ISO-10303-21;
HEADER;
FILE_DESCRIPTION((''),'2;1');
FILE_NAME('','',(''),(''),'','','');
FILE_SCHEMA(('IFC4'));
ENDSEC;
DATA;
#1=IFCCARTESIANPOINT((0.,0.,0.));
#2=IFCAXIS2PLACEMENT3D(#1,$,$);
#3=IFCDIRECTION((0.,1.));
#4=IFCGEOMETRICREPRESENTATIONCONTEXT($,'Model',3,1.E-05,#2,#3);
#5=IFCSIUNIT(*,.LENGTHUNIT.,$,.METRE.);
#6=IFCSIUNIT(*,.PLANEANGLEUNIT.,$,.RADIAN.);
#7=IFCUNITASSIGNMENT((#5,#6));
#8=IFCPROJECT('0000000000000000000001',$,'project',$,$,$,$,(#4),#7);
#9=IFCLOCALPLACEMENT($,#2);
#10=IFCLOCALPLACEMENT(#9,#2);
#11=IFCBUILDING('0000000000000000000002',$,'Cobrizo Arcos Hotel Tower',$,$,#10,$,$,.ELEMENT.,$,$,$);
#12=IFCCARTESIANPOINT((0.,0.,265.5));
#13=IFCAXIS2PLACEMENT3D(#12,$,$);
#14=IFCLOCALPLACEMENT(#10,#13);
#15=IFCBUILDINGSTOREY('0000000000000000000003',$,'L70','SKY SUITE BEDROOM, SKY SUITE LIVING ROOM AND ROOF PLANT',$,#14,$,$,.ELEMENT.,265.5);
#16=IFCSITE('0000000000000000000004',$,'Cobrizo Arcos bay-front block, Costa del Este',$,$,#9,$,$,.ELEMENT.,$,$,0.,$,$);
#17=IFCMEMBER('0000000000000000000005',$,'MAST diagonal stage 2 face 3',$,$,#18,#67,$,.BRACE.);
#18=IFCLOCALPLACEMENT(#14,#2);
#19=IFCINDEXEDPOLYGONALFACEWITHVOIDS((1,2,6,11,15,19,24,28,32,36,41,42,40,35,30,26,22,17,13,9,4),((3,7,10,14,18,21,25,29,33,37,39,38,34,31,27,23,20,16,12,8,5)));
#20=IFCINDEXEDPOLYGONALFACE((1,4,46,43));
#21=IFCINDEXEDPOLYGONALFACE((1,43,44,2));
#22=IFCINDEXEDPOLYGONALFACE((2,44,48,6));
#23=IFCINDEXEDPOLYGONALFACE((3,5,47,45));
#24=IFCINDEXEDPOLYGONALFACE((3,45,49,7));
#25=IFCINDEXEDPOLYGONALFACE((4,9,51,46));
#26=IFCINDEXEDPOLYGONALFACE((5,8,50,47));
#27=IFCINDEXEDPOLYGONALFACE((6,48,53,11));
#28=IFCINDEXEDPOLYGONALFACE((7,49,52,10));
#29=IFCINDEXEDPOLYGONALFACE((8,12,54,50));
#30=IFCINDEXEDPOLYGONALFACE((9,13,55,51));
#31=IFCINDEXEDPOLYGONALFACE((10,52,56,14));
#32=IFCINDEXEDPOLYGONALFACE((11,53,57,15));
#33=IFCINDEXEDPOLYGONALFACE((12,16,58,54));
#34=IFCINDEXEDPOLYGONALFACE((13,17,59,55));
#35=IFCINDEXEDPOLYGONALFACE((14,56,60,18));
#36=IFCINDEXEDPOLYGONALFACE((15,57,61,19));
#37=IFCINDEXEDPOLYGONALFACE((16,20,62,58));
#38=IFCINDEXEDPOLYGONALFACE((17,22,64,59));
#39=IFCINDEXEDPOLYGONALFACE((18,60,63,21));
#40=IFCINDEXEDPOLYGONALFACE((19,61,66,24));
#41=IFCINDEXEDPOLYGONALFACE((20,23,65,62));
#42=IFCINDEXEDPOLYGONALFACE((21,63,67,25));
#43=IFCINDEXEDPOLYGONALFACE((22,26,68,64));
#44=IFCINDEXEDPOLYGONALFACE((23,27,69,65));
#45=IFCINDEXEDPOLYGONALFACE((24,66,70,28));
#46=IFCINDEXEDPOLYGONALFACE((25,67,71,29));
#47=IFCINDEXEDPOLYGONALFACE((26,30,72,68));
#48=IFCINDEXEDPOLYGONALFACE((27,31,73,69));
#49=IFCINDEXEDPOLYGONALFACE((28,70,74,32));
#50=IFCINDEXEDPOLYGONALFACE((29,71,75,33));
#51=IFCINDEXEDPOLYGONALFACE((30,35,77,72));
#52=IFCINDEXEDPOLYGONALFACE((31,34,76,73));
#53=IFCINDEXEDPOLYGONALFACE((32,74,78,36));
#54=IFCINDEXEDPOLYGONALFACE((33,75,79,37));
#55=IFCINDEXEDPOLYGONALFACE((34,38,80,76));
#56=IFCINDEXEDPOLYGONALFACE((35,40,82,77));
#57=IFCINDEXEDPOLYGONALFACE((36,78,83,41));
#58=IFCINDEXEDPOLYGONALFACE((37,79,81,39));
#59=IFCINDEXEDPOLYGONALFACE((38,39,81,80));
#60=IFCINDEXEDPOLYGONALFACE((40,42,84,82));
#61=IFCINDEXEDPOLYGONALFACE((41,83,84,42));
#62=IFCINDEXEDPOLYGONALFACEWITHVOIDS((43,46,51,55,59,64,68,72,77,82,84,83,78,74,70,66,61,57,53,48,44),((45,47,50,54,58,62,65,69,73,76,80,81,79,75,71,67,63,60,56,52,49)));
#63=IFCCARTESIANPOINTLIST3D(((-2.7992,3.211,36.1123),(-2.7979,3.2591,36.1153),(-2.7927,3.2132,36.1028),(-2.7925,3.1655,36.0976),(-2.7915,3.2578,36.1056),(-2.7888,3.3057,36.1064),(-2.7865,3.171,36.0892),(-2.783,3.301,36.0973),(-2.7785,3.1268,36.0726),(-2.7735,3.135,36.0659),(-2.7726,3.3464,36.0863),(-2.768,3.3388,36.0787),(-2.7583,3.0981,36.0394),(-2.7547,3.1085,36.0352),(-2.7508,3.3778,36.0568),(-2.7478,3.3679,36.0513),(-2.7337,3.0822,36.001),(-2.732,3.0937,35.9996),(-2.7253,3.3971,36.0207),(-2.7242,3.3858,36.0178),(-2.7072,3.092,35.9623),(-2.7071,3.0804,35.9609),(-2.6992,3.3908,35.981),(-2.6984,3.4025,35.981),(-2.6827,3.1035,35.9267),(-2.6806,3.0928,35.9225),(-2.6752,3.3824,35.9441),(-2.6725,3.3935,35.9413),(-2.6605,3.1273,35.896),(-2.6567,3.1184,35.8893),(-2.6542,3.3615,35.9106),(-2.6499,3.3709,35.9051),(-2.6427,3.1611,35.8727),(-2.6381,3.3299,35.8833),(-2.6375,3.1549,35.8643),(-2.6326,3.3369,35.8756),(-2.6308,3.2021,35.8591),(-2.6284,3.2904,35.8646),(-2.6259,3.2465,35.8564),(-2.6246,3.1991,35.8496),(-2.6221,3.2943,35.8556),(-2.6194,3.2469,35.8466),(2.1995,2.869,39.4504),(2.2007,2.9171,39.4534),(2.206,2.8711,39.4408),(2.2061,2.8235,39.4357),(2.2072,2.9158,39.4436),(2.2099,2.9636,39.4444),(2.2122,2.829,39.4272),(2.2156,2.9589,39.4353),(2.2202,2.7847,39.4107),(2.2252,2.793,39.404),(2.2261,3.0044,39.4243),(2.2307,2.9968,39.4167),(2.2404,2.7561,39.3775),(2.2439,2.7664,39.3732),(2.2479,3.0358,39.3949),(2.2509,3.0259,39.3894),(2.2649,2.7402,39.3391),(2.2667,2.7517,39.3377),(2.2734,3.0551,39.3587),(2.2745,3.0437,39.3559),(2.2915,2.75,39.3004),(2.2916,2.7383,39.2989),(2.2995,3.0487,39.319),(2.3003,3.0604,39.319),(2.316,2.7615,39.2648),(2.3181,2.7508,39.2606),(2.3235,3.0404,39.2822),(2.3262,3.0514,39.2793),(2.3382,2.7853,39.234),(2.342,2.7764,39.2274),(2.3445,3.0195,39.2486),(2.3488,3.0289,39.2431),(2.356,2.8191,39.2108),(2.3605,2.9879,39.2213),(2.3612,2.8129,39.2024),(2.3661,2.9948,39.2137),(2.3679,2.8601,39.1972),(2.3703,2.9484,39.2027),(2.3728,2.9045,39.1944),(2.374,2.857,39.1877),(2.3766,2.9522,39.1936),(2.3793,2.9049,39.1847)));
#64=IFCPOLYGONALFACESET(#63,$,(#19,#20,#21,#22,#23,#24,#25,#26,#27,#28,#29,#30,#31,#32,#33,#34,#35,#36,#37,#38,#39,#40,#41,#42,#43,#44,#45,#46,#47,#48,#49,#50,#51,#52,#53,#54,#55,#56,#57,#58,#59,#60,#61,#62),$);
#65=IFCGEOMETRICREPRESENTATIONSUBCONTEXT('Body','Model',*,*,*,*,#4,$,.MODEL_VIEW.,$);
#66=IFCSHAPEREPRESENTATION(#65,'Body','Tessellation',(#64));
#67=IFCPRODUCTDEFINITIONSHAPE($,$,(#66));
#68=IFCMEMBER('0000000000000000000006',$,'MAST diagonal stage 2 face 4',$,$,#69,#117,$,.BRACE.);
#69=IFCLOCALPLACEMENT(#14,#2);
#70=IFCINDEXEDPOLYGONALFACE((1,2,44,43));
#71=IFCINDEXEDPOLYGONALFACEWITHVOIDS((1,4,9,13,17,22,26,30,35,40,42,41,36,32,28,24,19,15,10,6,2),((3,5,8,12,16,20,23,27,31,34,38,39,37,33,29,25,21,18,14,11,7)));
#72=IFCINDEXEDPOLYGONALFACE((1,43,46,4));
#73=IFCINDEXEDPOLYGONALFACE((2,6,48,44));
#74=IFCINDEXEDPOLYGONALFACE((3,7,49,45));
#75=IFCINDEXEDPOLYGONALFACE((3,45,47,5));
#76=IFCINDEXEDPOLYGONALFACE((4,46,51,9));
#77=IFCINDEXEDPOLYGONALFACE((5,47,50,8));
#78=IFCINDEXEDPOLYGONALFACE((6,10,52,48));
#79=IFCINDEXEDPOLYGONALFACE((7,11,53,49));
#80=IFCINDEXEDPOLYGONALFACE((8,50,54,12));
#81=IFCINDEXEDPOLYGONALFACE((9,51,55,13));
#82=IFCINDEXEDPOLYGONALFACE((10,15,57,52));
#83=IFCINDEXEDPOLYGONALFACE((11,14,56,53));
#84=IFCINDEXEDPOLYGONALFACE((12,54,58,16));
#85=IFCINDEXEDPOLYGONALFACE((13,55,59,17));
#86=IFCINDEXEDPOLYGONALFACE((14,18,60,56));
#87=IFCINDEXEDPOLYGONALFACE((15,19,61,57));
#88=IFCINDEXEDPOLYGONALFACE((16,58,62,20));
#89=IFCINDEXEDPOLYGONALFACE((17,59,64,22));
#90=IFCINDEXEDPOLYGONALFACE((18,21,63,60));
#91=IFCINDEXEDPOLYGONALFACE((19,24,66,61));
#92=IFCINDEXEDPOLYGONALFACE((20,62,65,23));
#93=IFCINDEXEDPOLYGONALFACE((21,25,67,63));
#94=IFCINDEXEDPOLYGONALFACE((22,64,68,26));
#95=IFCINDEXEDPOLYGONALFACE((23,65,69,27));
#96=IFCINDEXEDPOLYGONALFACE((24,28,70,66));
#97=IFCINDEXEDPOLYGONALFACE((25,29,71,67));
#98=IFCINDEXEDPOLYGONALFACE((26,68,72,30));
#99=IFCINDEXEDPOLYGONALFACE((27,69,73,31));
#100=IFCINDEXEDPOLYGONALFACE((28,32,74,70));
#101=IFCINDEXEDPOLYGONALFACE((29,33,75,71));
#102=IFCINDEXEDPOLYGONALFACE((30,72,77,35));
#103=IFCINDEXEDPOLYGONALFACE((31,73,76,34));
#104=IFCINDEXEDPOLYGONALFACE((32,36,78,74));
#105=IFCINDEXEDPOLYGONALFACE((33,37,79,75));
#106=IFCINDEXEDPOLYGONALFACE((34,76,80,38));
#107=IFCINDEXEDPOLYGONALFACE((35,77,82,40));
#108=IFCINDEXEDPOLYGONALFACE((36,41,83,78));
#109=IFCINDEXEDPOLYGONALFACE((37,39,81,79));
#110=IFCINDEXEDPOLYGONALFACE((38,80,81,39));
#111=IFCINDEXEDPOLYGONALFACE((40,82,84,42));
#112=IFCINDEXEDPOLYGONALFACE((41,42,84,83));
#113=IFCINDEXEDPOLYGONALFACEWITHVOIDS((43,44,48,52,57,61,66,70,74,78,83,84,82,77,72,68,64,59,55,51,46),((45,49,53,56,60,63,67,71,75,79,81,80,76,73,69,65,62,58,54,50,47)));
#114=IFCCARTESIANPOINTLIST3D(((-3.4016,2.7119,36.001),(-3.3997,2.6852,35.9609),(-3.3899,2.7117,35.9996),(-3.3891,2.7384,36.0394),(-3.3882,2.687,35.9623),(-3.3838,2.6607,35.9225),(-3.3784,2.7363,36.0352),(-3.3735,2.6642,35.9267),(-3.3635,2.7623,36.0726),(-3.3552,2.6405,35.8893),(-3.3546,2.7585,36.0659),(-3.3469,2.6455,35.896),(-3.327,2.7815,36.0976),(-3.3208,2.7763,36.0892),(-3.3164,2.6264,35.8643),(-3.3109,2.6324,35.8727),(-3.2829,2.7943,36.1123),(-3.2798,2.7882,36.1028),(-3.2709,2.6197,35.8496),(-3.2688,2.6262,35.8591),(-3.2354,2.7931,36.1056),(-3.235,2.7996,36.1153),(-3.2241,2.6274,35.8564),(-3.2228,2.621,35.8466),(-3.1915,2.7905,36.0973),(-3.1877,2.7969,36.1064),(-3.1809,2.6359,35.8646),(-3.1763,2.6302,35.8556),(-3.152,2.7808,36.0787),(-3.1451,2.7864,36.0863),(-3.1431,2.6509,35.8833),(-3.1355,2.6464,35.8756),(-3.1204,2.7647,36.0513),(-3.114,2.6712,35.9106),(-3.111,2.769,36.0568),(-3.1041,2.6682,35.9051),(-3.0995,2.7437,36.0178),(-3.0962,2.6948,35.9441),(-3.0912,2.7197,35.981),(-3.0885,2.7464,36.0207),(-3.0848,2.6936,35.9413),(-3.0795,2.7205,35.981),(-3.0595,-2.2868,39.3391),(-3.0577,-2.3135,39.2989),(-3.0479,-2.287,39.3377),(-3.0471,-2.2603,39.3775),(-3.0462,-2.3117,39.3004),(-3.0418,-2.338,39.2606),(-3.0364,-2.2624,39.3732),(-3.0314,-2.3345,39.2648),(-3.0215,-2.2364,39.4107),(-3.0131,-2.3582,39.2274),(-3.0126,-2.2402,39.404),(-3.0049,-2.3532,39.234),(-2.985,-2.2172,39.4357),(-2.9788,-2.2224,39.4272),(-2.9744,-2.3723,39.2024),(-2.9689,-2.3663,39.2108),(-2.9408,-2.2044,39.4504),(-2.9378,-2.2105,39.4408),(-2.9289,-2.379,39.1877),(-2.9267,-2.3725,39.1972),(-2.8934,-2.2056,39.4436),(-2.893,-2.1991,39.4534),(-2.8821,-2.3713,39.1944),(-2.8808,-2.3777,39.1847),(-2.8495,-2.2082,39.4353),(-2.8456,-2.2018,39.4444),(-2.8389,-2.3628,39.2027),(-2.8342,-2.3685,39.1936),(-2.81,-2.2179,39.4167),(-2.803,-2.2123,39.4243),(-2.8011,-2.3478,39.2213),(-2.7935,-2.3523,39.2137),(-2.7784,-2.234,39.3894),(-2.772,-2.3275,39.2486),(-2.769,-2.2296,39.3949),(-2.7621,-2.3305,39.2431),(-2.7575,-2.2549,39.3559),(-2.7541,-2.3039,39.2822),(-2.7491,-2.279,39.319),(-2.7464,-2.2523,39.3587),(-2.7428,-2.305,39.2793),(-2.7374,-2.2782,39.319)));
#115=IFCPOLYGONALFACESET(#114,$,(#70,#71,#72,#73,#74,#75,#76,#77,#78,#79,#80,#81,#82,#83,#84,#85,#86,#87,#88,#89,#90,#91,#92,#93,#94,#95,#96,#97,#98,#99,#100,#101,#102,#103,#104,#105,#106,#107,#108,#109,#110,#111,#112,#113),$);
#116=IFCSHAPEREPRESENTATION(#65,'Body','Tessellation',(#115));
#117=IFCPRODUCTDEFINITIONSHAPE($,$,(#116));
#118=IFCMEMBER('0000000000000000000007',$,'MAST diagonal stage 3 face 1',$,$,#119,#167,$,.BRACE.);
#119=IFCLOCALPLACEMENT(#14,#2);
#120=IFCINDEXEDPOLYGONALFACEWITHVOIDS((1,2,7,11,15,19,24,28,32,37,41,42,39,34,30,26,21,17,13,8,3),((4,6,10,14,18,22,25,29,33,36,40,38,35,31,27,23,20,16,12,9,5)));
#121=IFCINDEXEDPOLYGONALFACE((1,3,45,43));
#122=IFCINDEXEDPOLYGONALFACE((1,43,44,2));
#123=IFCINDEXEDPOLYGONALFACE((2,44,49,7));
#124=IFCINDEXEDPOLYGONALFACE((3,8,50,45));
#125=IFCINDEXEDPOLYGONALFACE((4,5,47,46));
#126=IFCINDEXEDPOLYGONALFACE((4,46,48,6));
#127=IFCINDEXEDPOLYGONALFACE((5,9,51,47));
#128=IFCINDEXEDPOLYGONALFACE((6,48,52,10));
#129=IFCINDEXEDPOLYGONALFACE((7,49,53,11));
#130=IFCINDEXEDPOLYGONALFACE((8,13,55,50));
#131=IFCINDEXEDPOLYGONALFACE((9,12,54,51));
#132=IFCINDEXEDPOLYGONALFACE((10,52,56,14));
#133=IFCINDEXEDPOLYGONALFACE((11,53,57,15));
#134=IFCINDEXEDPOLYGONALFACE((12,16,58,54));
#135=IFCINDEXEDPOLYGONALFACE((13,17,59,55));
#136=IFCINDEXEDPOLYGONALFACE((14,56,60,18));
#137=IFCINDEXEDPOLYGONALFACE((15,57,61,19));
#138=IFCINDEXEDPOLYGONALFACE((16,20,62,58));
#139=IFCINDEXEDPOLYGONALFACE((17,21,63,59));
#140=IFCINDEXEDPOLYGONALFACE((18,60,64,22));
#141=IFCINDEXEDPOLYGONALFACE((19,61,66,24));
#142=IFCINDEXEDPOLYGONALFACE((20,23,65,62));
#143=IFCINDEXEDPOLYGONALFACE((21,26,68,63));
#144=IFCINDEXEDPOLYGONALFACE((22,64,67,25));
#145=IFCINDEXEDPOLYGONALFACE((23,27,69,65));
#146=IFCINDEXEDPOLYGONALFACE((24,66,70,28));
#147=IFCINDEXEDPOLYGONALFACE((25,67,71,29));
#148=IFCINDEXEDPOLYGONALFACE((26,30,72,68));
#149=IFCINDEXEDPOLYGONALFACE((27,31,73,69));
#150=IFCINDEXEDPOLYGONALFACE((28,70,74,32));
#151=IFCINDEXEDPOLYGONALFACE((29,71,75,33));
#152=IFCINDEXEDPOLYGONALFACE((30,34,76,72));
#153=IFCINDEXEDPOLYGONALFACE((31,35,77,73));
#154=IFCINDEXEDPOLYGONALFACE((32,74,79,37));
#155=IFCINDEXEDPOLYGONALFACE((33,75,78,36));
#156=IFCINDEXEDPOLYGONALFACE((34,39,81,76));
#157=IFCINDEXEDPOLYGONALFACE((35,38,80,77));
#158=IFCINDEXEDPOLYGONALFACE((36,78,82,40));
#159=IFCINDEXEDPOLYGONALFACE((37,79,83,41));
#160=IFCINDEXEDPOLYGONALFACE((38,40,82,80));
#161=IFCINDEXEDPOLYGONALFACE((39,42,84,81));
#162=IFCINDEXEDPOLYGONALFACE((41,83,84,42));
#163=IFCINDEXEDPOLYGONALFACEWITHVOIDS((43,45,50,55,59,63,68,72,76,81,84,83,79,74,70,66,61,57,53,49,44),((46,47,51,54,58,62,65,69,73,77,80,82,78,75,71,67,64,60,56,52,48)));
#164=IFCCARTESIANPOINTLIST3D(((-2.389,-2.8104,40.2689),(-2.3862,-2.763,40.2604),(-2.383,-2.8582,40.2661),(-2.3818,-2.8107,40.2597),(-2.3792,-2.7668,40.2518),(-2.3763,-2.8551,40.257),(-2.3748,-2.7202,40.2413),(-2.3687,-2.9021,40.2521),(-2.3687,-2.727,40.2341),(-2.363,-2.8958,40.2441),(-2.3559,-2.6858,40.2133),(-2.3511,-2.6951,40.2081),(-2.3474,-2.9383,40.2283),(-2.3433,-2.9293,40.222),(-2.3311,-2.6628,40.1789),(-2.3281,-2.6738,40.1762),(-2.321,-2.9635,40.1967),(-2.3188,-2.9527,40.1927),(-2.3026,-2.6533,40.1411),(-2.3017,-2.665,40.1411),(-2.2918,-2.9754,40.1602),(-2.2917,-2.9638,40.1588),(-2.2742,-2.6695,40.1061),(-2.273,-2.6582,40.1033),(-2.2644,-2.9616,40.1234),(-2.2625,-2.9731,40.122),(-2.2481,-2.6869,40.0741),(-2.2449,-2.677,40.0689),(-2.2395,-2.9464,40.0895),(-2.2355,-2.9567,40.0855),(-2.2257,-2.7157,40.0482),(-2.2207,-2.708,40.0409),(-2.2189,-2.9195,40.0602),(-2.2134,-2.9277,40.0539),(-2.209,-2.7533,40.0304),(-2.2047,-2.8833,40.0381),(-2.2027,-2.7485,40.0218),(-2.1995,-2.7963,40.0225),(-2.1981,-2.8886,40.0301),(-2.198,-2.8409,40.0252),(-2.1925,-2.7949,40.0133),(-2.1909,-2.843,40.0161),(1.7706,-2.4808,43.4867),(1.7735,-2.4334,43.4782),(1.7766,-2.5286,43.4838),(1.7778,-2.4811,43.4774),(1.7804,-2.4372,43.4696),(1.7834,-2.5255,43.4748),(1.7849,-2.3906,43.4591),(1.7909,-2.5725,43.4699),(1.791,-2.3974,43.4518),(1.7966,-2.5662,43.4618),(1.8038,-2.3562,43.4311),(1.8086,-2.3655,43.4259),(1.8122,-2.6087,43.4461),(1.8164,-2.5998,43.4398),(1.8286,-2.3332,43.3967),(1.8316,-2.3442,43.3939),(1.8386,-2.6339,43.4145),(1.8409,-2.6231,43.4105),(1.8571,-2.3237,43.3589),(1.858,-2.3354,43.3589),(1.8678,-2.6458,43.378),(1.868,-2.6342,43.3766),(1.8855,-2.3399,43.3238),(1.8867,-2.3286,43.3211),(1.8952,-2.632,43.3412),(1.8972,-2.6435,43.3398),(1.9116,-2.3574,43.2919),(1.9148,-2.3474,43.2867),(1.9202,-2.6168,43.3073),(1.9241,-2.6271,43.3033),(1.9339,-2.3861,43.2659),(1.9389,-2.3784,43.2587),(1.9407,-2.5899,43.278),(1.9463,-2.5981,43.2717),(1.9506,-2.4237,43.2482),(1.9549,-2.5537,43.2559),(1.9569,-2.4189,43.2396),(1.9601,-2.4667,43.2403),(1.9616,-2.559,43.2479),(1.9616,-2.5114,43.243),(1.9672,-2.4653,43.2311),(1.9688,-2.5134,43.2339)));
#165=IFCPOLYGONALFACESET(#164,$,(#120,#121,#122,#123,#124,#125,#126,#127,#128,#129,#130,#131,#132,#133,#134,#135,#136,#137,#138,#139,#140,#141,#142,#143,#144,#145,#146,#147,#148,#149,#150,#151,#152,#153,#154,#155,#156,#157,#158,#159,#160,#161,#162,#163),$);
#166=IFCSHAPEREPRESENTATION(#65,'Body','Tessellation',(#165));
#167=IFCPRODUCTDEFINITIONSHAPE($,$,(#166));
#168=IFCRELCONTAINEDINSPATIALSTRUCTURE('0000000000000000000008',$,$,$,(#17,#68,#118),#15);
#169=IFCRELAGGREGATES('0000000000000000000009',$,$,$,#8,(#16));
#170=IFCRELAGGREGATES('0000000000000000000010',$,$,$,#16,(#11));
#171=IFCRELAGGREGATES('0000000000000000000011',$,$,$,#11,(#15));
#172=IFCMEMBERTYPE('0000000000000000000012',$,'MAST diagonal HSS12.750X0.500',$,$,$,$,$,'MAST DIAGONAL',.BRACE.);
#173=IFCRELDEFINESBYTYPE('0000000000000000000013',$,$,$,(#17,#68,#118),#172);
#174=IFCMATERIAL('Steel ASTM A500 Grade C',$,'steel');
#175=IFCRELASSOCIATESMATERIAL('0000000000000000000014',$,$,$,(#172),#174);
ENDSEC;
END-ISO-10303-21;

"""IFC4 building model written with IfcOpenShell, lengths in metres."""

from ifc_helpers import new_model, si_unit, direction, frame, origin, origin_2d, place, context, subcontext, project, spatial, hollow_circle, extrude, material, material_profile, profile_set, type_object, element, save


model = new_model("IFC4")

# Units and contexts
model_context = context("Model", 3, precision=1e-05, world=origin(), true_north=direction((0.0, 1.0)))
body_context = subcontext(model_context, "Body", "Model", "MODEL_VIEW")
ifc_project = project(units=[si_unit("LENGTHUNIT", "METRE"), si_unit("PLANEANGLEUNIT", "RADIAN")], contexts=[model_context])

# Site, building, storey
site_placement = place(None, origin())
site = spatial("IfcSite", under=ifc_project, at=site_placement, Name="Cobrizo Arcos bay-front block, Costa del Este", CompositionType="ELEMENT", RefElevation=0.0)
building_placement = place(site_placement, origin())
building = spatial("IfcBuilding", under=site, at=building_placement, Name="Cobrizo Arcos Hotel Tower", CompositionType="ELEMENT")
storey_placement = place(building_placement, frame((0.0, 0.0, 265.5)))
storey = spatial("IfcBuildingStorey", under=building, at=storey_placement, Name="L70", Description="SKY SUITE BEDROOM, SKY SUITE LIVING ROOM AND ROOF PLANT", CompositionType="ELEMENT", Elevation=265.5)

# Members
ifc_material_1 = material(Name="Steel ASTM A500 Grade C", Category="steel")
ifc_material_profile_1 = material_profile(ifc_material_1, hollow_circle(Radius=0.1619, WallThickness=0.0117, at=origin_2d()), Name="HSS12.750X0.500")
ifc_profile_set_1 = profile_set([ifc_material_profile_1], Name="Steel ASTM A500 Grade C")
member_type_1 = type_object("IfcMemberType", Name="MAST diagonal HSS12.750X0.500", ElementType="MAST DIAGONAL", PredefinedType="BRACE", material=ifc_profile_set_1)
for number, where, z_axis, x_axis, name in (
    (1, (-2.7095, 3.241, 35.981), (0.830276, -0.056812, 0.55445), (0.068265, 0.997667, 0.0), "MAST diagonal stage 2 face 3"),
    (2, (-3.241, 2.7095, 35.981), (0.056812, -0.830276, 0.55445), (0.997667, 0.068265, 0.0), "MAST diagonal stage 2 face 4"),
):
    element("IfcMember", number, at=place(storey_placement, frame(where, z_axis=z_axis, x_axis=x_axis)), inside=storey, type_object=member_type_1, Name=name, PredefinedType="BRACE", context=body_context, shape_type="SweptSolid", body=[
        extrude(hollow_circle(Radius=0.1619, WallThickness=0.0117, at=origin_2d()), origin(), (0.0, 0.0, 1.0), 6.0205),
    ])
for number, where, z_axis, x_axis, name in (
    (3, (-2.2898, -2.8147, 40.1411), (0.789416, 0.062549, 0.610664), (-0.078987, 0.996876, 0.0), "MAST diagonal stage 3 face 1"),
):
    element("IfcMember", number, at=place(storey_placement, frame(where, z_axis=z_axis, x_axis=x_axis)), inside=storey, type_object=member_type_1, Name=name, PredefinedType="BRACE", context=body_context, shape_type="SweptSolid", body=[
        extrude(hollow_circle(Radius=0.1619, WallThickness=0.0117, at=origin_2d()), origin(), (0.0, 0.0, 1.0), 5.2693),
    ])

save(model, "model.ifc")
